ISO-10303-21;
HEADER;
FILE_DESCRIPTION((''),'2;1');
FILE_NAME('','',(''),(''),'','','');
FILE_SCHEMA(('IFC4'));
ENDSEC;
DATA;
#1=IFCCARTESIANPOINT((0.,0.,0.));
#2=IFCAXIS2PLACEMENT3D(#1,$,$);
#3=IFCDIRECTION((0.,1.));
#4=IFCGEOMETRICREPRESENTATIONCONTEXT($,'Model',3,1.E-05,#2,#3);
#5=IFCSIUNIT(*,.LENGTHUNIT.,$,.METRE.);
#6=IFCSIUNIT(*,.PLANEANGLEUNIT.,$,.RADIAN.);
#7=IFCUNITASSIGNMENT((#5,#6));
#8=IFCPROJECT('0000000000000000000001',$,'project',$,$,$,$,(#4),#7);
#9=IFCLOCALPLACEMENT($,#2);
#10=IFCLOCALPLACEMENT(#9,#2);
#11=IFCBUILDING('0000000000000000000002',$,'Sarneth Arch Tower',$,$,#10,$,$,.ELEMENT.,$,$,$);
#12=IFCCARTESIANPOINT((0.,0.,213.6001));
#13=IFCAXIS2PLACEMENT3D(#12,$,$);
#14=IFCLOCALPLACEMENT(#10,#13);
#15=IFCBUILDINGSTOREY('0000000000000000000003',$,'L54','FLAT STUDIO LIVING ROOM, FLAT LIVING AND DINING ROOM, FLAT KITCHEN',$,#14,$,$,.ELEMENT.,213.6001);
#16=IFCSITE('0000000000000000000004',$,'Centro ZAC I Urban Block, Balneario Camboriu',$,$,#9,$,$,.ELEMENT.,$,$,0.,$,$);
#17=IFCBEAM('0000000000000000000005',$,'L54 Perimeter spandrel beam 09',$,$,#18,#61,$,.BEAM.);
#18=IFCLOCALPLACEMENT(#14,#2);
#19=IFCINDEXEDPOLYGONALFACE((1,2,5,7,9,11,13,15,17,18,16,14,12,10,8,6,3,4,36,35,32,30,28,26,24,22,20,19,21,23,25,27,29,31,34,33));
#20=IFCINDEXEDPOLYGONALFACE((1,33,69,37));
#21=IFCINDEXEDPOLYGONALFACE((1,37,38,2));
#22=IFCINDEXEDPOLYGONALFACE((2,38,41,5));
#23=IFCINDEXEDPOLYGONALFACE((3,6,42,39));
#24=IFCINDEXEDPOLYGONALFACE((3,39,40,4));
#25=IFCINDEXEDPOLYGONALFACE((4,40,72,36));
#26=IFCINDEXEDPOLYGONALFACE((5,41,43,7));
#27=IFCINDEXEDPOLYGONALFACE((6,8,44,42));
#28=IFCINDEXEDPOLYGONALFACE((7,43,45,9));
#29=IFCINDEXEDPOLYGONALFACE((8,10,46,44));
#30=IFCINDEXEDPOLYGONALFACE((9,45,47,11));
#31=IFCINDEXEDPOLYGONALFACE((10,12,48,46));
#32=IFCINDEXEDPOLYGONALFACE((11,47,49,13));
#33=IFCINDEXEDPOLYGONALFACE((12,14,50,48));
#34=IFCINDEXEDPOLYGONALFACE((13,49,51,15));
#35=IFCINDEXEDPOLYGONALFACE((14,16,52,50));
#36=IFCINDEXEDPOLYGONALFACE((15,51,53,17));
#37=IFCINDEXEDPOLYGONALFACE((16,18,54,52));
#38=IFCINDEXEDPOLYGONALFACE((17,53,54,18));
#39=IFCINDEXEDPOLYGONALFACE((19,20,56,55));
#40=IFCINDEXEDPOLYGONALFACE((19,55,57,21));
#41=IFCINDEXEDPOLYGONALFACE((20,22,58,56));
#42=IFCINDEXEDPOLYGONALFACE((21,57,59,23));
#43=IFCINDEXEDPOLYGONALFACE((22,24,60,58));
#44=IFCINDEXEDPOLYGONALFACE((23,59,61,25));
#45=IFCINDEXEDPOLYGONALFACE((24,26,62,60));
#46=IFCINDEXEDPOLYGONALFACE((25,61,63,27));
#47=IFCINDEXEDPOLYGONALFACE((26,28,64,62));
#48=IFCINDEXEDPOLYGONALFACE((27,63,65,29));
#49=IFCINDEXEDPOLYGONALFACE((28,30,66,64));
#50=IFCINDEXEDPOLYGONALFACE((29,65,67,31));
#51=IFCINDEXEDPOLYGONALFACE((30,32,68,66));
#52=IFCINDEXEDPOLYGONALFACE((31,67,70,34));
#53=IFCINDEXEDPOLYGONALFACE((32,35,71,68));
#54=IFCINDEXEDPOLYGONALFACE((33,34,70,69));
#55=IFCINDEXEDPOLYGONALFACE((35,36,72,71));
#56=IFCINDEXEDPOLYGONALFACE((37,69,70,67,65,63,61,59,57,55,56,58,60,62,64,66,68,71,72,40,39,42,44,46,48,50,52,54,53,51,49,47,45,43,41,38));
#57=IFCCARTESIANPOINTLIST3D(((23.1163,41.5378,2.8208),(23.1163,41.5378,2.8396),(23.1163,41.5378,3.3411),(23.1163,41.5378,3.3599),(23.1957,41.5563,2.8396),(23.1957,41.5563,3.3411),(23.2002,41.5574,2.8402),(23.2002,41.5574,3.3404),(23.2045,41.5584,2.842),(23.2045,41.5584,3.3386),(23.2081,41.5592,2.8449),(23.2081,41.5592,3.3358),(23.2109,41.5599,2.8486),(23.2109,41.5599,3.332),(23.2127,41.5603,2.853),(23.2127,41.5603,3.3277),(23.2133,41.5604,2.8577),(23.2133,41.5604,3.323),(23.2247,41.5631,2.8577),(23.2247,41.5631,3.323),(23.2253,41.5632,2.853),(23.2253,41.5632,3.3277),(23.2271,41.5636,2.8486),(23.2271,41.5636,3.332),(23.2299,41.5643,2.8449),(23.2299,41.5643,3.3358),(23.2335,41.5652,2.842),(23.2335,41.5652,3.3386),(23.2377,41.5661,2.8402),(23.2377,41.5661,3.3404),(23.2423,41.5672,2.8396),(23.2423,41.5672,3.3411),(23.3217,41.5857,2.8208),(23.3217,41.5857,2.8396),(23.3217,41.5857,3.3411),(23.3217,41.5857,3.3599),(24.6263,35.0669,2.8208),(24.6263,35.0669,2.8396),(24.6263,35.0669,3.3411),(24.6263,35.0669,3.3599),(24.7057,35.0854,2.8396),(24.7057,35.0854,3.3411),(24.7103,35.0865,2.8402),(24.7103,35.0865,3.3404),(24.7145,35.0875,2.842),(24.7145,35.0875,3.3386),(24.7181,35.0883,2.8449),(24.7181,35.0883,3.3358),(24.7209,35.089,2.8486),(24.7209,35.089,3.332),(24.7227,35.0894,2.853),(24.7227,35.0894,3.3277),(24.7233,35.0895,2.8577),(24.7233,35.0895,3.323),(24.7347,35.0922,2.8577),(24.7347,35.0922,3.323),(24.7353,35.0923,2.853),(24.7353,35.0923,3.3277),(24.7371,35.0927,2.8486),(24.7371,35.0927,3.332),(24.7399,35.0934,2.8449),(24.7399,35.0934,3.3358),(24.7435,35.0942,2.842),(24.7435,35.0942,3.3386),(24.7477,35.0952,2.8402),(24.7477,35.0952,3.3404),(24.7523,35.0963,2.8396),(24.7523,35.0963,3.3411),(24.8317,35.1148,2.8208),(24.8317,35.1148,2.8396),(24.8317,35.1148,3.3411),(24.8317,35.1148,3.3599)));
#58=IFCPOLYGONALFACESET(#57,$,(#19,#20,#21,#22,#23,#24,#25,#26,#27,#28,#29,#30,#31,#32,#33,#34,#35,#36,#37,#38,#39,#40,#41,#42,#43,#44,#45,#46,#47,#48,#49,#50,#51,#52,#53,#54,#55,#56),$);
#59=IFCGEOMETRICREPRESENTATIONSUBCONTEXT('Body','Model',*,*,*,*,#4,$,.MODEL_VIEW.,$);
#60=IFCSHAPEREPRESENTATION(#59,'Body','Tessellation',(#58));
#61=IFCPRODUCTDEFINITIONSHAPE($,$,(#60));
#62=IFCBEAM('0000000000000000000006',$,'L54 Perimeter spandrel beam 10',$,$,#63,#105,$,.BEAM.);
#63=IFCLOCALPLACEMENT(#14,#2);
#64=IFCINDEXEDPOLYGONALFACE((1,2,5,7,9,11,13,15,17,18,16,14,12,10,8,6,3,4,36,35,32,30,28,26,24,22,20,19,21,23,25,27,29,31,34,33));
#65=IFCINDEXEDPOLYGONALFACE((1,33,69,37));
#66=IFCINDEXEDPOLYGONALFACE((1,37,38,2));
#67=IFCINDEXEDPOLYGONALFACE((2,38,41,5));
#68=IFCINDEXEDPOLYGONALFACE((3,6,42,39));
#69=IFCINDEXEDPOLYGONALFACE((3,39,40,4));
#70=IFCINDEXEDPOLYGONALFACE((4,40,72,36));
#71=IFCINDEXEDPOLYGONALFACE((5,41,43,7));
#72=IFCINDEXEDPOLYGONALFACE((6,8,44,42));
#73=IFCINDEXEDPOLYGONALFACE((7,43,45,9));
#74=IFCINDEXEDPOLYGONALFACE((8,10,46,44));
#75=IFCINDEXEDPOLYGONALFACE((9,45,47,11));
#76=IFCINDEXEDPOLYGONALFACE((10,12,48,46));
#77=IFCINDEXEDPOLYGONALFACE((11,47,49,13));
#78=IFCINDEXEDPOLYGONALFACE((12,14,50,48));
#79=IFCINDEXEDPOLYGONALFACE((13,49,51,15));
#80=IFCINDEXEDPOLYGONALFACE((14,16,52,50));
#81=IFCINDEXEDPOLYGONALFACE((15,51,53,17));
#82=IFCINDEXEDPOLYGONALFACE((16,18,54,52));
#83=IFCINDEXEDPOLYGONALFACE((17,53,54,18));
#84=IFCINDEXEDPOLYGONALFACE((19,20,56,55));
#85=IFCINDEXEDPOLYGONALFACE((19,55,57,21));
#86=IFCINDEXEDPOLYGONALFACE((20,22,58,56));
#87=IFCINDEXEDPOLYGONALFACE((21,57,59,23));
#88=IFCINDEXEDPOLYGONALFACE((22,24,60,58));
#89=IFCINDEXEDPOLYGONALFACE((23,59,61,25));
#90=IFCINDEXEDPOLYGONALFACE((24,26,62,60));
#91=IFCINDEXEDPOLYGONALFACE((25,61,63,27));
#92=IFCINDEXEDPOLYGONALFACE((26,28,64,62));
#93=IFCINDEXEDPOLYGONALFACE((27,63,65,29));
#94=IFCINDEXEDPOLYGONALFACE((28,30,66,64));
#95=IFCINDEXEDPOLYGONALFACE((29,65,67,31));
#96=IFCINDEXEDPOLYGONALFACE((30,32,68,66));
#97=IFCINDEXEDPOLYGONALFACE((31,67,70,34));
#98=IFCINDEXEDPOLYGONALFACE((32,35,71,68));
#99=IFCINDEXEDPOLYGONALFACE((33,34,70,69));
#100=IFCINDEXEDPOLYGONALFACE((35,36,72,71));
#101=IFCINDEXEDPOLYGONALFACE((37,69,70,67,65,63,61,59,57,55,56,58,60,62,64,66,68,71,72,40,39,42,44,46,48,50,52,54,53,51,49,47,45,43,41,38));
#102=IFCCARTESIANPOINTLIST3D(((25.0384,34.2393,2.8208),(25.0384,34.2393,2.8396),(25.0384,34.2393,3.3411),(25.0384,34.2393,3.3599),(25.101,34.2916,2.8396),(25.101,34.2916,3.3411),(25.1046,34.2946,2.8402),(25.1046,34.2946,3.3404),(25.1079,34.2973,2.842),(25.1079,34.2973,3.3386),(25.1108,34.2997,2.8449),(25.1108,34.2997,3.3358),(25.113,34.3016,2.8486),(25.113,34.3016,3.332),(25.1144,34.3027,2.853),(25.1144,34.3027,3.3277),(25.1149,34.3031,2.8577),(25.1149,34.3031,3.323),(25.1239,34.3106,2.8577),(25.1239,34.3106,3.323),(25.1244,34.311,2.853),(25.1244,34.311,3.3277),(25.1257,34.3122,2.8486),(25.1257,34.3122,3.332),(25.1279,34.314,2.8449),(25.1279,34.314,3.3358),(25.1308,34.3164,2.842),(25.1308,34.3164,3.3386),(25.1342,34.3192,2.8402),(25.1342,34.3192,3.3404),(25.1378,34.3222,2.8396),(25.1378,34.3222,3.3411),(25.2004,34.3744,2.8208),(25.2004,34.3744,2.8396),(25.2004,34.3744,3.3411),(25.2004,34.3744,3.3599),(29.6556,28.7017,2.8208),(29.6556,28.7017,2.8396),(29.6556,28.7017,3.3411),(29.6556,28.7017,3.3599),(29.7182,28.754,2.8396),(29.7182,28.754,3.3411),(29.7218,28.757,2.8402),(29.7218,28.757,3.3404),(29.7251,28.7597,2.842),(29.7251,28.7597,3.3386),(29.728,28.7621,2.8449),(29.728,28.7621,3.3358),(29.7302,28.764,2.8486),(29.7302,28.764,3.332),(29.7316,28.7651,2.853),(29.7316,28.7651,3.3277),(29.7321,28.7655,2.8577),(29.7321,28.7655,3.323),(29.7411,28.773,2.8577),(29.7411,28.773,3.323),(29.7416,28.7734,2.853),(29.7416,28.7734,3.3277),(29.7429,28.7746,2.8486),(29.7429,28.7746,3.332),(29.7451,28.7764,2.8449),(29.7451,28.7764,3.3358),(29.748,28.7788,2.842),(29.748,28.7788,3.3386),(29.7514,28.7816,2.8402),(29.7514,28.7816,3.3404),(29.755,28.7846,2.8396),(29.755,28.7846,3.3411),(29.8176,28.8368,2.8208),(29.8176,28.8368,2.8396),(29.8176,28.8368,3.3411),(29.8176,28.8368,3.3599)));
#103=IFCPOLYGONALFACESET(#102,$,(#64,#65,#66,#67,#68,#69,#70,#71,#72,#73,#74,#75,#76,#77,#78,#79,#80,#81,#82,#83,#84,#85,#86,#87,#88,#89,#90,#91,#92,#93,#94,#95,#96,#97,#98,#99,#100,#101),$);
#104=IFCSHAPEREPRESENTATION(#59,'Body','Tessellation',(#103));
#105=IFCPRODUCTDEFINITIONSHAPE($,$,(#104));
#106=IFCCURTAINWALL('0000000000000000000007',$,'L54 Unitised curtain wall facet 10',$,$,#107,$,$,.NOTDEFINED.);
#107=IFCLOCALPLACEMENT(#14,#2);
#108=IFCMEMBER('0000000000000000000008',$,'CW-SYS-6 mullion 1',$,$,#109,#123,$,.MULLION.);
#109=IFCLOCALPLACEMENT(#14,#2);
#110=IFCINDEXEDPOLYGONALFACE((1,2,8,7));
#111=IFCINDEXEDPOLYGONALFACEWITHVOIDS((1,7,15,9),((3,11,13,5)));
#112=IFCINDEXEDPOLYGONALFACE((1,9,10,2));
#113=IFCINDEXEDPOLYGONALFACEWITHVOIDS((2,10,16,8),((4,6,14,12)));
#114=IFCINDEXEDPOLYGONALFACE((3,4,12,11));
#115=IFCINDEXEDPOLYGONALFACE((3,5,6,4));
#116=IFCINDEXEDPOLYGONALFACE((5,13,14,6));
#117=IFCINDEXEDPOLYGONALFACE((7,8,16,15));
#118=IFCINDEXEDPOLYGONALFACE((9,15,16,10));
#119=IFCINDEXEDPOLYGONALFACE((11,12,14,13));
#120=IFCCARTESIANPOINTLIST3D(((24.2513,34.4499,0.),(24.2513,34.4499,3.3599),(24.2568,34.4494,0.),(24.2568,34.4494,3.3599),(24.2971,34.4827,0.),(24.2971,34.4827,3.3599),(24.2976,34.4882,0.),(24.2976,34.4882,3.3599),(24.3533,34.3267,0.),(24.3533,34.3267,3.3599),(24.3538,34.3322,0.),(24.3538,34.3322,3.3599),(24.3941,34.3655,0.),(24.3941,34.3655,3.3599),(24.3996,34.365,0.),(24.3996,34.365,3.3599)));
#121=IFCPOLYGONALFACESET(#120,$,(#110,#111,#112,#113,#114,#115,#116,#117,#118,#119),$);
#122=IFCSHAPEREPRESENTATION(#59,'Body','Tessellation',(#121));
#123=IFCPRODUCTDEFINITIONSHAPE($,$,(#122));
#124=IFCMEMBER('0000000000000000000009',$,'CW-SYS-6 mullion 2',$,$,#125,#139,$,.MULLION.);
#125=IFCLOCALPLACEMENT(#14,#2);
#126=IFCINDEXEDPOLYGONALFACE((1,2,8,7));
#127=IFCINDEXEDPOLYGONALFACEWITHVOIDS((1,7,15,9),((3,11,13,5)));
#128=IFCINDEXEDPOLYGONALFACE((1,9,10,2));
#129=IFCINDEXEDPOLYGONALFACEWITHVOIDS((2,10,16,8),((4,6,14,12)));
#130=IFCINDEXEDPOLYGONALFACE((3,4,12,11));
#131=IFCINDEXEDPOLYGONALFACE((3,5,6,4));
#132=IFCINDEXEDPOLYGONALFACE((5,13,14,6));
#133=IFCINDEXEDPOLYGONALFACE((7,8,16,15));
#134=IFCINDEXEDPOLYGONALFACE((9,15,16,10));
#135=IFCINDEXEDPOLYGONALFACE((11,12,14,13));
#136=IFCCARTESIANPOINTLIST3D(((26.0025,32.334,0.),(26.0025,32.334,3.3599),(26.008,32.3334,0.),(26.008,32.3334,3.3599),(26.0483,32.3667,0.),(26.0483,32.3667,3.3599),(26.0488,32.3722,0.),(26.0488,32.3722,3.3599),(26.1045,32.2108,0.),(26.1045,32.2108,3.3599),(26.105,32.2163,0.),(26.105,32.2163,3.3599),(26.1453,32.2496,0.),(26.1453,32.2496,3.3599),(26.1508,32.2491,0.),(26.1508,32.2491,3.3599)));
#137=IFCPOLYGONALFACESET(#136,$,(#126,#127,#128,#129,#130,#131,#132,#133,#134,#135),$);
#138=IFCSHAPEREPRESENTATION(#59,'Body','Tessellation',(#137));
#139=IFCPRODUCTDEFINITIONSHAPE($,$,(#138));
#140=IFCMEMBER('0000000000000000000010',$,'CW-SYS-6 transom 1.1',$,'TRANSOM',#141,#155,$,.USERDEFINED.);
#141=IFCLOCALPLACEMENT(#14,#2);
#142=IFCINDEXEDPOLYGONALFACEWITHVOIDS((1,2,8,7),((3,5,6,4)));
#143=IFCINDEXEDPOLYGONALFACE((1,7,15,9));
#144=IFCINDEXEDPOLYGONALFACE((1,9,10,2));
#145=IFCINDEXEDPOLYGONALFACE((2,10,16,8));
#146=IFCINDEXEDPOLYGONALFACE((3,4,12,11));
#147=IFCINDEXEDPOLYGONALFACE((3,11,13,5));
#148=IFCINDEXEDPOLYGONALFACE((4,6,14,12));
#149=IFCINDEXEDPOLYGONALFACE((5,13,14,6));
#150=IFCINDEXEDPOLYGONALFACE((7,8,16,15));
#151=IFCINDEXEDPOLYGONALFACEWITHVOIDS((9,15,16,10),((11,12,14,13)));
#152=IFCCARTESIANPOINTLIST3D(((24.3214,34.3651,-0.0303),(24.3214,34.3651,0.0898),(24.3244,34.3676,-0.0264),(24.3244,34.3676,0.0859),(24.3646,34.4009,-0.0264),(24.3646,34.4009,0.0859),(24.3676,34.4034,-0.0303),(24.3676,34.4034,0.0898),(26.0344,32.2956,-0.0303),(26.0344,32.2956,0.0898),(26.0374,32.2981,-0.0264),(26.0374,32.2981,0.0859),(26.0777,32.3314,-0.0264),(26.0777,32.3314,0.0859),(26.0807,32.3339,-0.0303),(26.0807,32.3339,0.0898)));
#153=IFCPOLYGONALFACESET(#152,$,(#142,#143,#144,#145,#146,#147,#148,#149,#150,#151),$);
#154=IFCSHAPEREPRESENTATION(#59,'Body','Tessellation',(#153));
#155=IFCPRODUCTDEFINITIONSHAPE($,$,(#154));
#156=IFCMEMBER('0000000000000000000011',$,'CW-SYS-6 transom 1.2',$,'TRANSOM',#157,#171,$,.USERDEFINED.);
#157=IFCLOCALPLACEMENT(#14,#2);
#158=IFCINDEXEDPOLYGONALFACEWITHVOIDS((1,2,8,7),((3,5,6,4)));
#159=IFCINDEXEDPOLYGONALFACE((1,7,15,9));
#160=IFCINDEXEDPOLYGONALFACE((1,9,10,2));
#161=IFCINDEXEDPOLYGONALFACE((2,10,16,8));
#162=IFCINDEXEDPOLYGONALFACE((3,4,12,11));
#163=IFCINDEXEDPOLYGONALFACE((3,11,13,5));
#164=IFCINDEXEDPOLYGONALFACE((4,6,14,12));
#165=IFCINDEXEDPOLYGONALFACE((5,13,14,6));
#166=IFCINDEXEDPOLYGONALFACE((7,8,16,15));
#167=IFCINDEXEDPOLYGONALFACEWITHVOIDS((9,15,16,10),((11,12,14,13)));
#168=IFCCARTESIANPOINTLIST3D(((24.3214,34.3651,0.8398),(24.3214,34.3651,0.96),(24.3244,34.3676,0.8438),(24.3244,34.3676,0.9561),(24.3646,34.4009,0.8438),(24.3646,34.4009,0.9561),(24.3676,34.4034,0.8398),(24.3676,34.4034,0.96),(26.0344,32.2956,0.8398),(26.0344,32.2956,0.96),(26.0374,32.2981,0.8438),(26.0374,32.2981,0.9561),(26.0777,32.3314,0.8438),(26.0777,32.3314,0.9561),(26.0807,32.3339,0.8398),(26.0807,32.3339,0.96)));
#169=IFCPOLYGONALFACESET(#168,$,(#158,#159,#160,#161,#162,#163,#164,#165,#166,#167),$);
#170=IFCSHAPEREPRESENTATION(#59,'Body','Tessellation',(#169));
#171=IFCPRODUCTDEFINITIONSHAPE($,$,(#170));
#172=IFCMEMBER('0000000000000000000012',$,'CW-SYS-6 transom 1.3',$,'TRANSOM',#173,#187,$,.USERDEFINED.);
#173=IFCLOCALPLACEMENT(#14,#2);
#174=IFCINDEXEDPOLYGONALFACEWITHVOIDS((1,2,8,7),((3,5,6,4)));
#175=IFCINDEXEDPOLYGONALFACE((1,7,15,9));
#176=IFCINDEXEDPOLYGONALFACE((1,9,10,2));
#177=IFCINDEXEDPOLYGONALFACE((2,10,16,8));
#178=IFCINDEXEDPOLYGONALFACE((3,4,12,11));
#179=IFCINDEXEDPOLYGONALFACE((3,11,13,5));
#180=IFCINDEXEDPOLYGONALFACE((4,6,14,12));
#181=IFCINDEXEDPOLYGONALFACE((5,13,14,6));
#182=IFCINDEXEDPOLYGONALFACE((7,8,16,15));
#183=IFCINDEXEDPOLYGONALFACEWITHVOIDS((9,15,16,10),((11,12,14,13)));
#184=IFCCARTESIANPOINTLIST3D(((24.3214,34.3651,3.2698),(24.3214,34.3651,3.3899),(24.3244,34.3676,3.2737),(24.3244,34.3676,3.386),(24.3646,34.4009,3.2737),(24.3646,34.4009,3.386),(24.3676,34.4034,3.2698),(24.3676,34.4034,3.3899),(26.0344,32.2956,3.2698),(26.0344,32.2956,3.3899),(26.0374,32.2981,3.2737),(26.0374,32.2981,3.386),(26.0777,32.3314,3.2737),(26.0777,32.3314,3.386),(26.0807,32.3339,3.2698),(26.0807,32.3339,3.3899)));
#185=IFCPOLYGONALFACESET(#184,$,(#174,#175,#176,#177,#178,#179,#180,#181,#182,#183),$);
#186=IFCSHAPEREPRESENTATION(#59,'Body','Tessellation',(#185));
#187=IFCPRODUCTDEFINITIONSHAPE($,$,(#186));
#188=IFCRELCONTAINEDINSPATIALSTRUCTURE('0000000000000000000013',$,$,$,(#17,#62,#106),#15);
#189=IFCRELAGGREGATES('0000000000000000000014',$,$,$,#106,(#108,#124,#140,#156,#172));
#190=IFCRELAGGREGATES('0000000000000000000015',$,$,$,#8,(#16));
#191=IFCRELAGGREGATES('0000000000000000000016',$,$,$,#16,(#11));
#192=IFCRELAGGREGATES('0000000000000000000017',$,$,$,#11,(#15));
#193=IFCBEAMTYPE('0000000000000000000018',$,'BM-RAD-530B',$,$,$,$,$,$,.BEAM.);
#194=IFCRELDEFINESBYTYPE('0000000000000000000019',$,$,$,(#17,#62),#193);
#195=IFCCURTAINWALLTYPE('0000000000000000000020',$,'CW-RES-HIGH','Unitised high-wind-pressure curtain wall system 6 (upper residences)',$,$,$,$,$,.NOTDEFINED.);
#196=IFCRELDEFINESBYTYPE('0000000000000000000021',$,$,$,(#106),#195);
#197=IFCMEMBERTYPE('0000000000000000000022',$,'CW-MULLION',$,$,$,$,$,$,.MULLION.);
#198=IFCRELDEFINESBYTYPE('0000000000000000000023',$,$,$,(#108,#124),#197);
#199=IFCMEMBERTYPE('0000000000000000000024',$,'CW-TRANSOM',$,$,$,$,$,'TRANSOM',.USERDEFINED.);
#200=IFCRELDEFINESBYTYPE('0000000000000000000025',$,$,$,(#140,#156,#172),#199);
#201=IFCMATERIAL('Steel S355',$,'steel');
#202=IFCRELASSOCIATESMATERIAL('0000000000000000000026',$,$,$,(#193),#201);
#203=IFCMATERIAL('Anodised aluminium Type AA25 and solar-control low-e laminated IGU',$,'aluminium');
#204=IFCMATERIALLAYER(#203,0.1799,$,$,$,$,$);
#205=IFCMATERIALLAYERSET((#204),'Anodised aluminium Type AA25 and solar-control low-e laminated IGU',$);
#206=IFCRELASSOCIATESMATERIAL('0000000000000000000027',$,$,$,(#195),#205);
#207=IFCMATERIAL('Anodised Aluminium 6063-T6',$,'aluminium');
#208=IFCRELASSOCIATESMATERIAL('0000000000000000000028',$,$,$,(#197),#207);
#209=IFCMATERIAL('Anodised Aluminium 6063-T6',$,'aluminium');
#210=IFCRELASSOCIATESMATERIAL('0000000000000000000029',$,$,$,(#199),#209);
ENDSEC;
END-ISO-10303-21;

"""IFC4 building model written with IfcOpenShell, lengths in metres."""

from ifc_helpers import new_model, si_unit, direction, frame, origin, origin_2d, place, context, subcontext, project, spatial, hollow_rectangle, i_section, extrude, material, layer, layer_set, material_profile, profile_set, type_object, element, aggregate, save


model = new_model("IFC4")

# Units and contexts
model_context = context("Model", 3, precision=1e-05, world=origin(), true_north=direction((0.0, 1.0)))
body_context = subcontext(model_context, "Body", "Model", "MODEL_VIEW")
ifc_project = project(units=[si_unit("LENGTHUNIT", "METRE"), si_unit("PLANEANGLEUNIT", "RADIAN")], contexts=[model_context])

# Site, building, storey
site_placement = place(None, origin())
site = spatial("IfcSite", under=ifc_project, at=site_placement, Name="Centro ZAC I Urban Block, Balneario Camboriu", CompositionType="ELEMENT", RefElevation=0.0)
building_placement = place(site_placement, origin())
building = spatial("IfcBuilding", under=site, at=building_placement, Name="Sarneth Arch Tower", CompositionType="ELEMENT")
storey_placement = place(building_placement, frame((0.0, 0.0, 213.6001)))
storey = spatial("IfcBuildingStorey", under=building, at=storey_placement, Name="L54", Description="FLAT STUDIO LIVING ROOM, FLAT LIVING AND DINING ROOM, FLAT KITCHEN", CompositionType="ELEMENT", Elevation=213.6001)

# Beams
ifc_material_1 = material(Name="Steel S355", Category="steel")
ifc_material_profile_1 = material_profile(ifc_material_1, i_section(OverallWidth=0.2109, OverallDepth=0.5391, WebThickness=0.0117, FlangeThickness=0.0188, FilletRadius=0.0181, at=origin_2d()), Name="W530x109")
ifc_profile_set_1 = profile_set([ifc_material_profile_1], Name="Steel S355")
beam_type = type_object("IfcBeamType", Name="BM-RAD-530B", PredefinedType="BEAM", material=ifc_profile_set_1)
beam_1_placement = place(storey_placement, frame((23.219, 41.5618, 3.0903), z_axis=(0.227247, -0.973837, 0.0), x_axis=(0.973837, 0.227247, 0.0)))
element("IfcBeam", 1, at=beam_1_placement, inside=storey, type_object=beam_type, Name="L54 Perimeter spandrel beam 09", PredefinedType="BEAM", context=body_context, shape_type="SweptSolid", body=[
    extrude(i_section(OverallWidth=0.2109, OverallDepth=0.5391, WebThickness=0.0117, FlangeThickness=0.0188, FilletRadius=0.0181, at=origin_2d()), origin(), (0.0, 0.0, 1.0), 6.6448),
])
beam_2_placement = place(storey_placement, frame((25.1194, 34.3069, 3.0903), z_axis=(0.640391, -0.768049, 0.0), x_axis=(0.768049, 0.640391, 0.0)))
element("IfcBeam", 2, at=beam_2_placement, inside=storey, type_object=beam_type, Name="L54 Perimeter spandrel beam 10", PredefinedType="BEAM", context=body_context, shape_type="SweptSolid", body=[
    extrude(i_section(OverallWidth=0.2109, OverallDepth=0.5391, WebThickness=0.0117, FlangeThickness=0.0188, FilletRadius=0.0181, at=origin_2d()), origin(), (0.0, 0.0, 1.0), 7.21),
])

# Curtain wall, members
ifc_material_2 = material(Name="Anodised aluminium Type AA25 and solar-control low-e laminated IGU", Category="aluminium")
ifc_layer_1 = layer(ifc_material_2, 0.1799)
ifc_layer_set_1 = layer_set([ifc_layer_1], Name="Anodised aluminium Type AA25 and solar-control low-e laminated IGU")
curtain_wall_type = type_object("IfcCurtainWallType", Name="CW-RES-HIGH", Description="Unitised high-wind-pressure curtain wall system 6 (upper residences)", PredefinedType="NOTDEFINED", material=ifc_layer_set_1)
curtain_wall_placement = place(storey_placement, origin())
curtain_wall = element("IfcCurtainWall", 3, at=curtain_wall_placement, inside=storey, type_object=curtain_wall_type, Name="L54 Unitised curtain wall facet 10", PredefinedType="NOTDEFINED")
ifc_material_3 = material(Name="Anodised Aluminium 6063-T6", Category="aluminium")
ifc_material_profile_2 = material_profile(ifc_material_3, hollow_rectangle(XDim=0.0601, YDim=0.1599, WallThickness=0.0039, at=origin_2d()), Name="AL-MULL-160x60x4")
ifc_profile_set_2 = profile_set([ifc_material_profile_2], Name="Anodised Aluminium 6063-T6")
member_type_1 = type_object("IfcMemberType", Name="CW-MULLION", PredefinedType="MULLION", material=ifc_profile_set_2)
member_1_placement = place(storey_placement, frame((24.3254, 34.4075, 0.0), z_axis=(0.0, 0.0, 1.0), x_axis=(0.770359, 0.63761, 0.0)))
member_1 = element("IfcMember", 4, at=member_1_placement, type_object=member_type_1, Name="CW-SYS-6 mullion 1", PredefinedType="MULLION", context=body_context, shape_type="SweptSolid", body=[
    extrude(hollow_rectangle(XDim=0.0601, YDim=0.1599, WallThickness=0.0039, at=origin_2d()), origin(), (0.0, 0.0, 1.0), 3.3599),
])
member_2_placement = place(storey_placement, frame((26.0767, 32.2915, 0.0), z_axis=(0.0, 0.0, 1.0), x_axis=(0.770359, 0.63761, 0.0)))
member_2 = element("IfcMember", 5, at=member_2_placement, type_object=member_type_1, Name="CW-SYS-6 mullion 2", PredefinedType="MULLION", context=body_context, shape_type="SweptSolid", body=[
    extrude(hollow_rectangle(XDim=0.0601, YDim=0.1599, WallThickness=0.0039, at=origin_2d()), origin(), (0.0, 0.0, 1.0), 3.3599),
])
ifc_material_4 = material(Name="Anodised Aluminium 6063-T6", Category="aluminium")
ifc_material_profile_3 = material_profile(ifc_material_4, hollow_rectangle(XDim=0.0601, YDim=0.1201, WallThickness=0.0039, at=origin_2d()), Name="AL-TRAN-120x60x4")
ifc_profile_set_3 = profile_set([ifc_material_profile_3], Name="Anodised Aluminium 6063-T6")
member_type_2 = type_object("IfcMemberType", Name="CW-TRANSOM", ElementType="TRANSOM", PredefinedType="USERDEFINED", material=ifc_profile_set_3)
member_3_placement = place(storey_placement, frame((24.3445, 34.3843, 0.0298), z_axis=(0.637651, -0.770325, 0.0), x_axis=(0.770325, 0.637651, 0.0)))
member_3 = element("IfcMember", 6, at=member_3_placement, type_object=member_type_2, Name="CW-SYS-6 transom 1.1", ObjectType="TRANSOM", PredefinedType="USERDEFINED", context=body_context, shape_type="SweptSolid", body=[
    extrude(hollow_rectangle(XDim=0.0601, YDim=0.1201, WallThickness=0.0039, at=origin_2d()), origin(), (0.0, 0.0, 1.0), 2.6865),
])
member_4_placement = place(storey_placement, frame((24.3445, 34.3843, 0.8999), z_axis=(0.637651, -0.770325, 0.0), x_axis=(0.770325, 0.637651, 0.0)))
member_4 = element("IfcMember", 7, at=member_4_placement, type_object=member_type_2, Name="CW-SYS-6 transom 1.2", ObjectType="TRANSOM", PredefinedType="USERDEFINED", context=body_context, shape_type="SweptSolid", body=[
    extrude(hollow_rectangle(XDim=0.0601, YDim=0.1201, WallThickness=0.0039, at=origin_2d()), origin(), (0.0, 0.0, 1.0), 2.6865),
])
member_5_placement = place(storey_placement, frame((24.3445, 34.3843, 3.3298), z_axis=(0.637651, -0.770325, 0.0), x_axis=(0.770325, 0.637651, 0.0)))
member_5 = element("IfcMember", 8, at=member_5_placement, type_object=member_type_2, Name="CW-SYS-6 transom 1.3", ObjectType="TRANSOM", PredefinedType="USERDEFINED", context=body_context, shape_type="SweptSolid", body=[
    extrude(hollow_rectangle(XDim=0.0601, YDim=0.1201, WallThickness=0.0039, at=origin_2d()), origin(), (0.0, 0.0, 1.0), 2.6865),
])

aggregate(curtain_wall, [member_1, member_2, member_3, member_4, member_5])

save(model, "model.ifc")
